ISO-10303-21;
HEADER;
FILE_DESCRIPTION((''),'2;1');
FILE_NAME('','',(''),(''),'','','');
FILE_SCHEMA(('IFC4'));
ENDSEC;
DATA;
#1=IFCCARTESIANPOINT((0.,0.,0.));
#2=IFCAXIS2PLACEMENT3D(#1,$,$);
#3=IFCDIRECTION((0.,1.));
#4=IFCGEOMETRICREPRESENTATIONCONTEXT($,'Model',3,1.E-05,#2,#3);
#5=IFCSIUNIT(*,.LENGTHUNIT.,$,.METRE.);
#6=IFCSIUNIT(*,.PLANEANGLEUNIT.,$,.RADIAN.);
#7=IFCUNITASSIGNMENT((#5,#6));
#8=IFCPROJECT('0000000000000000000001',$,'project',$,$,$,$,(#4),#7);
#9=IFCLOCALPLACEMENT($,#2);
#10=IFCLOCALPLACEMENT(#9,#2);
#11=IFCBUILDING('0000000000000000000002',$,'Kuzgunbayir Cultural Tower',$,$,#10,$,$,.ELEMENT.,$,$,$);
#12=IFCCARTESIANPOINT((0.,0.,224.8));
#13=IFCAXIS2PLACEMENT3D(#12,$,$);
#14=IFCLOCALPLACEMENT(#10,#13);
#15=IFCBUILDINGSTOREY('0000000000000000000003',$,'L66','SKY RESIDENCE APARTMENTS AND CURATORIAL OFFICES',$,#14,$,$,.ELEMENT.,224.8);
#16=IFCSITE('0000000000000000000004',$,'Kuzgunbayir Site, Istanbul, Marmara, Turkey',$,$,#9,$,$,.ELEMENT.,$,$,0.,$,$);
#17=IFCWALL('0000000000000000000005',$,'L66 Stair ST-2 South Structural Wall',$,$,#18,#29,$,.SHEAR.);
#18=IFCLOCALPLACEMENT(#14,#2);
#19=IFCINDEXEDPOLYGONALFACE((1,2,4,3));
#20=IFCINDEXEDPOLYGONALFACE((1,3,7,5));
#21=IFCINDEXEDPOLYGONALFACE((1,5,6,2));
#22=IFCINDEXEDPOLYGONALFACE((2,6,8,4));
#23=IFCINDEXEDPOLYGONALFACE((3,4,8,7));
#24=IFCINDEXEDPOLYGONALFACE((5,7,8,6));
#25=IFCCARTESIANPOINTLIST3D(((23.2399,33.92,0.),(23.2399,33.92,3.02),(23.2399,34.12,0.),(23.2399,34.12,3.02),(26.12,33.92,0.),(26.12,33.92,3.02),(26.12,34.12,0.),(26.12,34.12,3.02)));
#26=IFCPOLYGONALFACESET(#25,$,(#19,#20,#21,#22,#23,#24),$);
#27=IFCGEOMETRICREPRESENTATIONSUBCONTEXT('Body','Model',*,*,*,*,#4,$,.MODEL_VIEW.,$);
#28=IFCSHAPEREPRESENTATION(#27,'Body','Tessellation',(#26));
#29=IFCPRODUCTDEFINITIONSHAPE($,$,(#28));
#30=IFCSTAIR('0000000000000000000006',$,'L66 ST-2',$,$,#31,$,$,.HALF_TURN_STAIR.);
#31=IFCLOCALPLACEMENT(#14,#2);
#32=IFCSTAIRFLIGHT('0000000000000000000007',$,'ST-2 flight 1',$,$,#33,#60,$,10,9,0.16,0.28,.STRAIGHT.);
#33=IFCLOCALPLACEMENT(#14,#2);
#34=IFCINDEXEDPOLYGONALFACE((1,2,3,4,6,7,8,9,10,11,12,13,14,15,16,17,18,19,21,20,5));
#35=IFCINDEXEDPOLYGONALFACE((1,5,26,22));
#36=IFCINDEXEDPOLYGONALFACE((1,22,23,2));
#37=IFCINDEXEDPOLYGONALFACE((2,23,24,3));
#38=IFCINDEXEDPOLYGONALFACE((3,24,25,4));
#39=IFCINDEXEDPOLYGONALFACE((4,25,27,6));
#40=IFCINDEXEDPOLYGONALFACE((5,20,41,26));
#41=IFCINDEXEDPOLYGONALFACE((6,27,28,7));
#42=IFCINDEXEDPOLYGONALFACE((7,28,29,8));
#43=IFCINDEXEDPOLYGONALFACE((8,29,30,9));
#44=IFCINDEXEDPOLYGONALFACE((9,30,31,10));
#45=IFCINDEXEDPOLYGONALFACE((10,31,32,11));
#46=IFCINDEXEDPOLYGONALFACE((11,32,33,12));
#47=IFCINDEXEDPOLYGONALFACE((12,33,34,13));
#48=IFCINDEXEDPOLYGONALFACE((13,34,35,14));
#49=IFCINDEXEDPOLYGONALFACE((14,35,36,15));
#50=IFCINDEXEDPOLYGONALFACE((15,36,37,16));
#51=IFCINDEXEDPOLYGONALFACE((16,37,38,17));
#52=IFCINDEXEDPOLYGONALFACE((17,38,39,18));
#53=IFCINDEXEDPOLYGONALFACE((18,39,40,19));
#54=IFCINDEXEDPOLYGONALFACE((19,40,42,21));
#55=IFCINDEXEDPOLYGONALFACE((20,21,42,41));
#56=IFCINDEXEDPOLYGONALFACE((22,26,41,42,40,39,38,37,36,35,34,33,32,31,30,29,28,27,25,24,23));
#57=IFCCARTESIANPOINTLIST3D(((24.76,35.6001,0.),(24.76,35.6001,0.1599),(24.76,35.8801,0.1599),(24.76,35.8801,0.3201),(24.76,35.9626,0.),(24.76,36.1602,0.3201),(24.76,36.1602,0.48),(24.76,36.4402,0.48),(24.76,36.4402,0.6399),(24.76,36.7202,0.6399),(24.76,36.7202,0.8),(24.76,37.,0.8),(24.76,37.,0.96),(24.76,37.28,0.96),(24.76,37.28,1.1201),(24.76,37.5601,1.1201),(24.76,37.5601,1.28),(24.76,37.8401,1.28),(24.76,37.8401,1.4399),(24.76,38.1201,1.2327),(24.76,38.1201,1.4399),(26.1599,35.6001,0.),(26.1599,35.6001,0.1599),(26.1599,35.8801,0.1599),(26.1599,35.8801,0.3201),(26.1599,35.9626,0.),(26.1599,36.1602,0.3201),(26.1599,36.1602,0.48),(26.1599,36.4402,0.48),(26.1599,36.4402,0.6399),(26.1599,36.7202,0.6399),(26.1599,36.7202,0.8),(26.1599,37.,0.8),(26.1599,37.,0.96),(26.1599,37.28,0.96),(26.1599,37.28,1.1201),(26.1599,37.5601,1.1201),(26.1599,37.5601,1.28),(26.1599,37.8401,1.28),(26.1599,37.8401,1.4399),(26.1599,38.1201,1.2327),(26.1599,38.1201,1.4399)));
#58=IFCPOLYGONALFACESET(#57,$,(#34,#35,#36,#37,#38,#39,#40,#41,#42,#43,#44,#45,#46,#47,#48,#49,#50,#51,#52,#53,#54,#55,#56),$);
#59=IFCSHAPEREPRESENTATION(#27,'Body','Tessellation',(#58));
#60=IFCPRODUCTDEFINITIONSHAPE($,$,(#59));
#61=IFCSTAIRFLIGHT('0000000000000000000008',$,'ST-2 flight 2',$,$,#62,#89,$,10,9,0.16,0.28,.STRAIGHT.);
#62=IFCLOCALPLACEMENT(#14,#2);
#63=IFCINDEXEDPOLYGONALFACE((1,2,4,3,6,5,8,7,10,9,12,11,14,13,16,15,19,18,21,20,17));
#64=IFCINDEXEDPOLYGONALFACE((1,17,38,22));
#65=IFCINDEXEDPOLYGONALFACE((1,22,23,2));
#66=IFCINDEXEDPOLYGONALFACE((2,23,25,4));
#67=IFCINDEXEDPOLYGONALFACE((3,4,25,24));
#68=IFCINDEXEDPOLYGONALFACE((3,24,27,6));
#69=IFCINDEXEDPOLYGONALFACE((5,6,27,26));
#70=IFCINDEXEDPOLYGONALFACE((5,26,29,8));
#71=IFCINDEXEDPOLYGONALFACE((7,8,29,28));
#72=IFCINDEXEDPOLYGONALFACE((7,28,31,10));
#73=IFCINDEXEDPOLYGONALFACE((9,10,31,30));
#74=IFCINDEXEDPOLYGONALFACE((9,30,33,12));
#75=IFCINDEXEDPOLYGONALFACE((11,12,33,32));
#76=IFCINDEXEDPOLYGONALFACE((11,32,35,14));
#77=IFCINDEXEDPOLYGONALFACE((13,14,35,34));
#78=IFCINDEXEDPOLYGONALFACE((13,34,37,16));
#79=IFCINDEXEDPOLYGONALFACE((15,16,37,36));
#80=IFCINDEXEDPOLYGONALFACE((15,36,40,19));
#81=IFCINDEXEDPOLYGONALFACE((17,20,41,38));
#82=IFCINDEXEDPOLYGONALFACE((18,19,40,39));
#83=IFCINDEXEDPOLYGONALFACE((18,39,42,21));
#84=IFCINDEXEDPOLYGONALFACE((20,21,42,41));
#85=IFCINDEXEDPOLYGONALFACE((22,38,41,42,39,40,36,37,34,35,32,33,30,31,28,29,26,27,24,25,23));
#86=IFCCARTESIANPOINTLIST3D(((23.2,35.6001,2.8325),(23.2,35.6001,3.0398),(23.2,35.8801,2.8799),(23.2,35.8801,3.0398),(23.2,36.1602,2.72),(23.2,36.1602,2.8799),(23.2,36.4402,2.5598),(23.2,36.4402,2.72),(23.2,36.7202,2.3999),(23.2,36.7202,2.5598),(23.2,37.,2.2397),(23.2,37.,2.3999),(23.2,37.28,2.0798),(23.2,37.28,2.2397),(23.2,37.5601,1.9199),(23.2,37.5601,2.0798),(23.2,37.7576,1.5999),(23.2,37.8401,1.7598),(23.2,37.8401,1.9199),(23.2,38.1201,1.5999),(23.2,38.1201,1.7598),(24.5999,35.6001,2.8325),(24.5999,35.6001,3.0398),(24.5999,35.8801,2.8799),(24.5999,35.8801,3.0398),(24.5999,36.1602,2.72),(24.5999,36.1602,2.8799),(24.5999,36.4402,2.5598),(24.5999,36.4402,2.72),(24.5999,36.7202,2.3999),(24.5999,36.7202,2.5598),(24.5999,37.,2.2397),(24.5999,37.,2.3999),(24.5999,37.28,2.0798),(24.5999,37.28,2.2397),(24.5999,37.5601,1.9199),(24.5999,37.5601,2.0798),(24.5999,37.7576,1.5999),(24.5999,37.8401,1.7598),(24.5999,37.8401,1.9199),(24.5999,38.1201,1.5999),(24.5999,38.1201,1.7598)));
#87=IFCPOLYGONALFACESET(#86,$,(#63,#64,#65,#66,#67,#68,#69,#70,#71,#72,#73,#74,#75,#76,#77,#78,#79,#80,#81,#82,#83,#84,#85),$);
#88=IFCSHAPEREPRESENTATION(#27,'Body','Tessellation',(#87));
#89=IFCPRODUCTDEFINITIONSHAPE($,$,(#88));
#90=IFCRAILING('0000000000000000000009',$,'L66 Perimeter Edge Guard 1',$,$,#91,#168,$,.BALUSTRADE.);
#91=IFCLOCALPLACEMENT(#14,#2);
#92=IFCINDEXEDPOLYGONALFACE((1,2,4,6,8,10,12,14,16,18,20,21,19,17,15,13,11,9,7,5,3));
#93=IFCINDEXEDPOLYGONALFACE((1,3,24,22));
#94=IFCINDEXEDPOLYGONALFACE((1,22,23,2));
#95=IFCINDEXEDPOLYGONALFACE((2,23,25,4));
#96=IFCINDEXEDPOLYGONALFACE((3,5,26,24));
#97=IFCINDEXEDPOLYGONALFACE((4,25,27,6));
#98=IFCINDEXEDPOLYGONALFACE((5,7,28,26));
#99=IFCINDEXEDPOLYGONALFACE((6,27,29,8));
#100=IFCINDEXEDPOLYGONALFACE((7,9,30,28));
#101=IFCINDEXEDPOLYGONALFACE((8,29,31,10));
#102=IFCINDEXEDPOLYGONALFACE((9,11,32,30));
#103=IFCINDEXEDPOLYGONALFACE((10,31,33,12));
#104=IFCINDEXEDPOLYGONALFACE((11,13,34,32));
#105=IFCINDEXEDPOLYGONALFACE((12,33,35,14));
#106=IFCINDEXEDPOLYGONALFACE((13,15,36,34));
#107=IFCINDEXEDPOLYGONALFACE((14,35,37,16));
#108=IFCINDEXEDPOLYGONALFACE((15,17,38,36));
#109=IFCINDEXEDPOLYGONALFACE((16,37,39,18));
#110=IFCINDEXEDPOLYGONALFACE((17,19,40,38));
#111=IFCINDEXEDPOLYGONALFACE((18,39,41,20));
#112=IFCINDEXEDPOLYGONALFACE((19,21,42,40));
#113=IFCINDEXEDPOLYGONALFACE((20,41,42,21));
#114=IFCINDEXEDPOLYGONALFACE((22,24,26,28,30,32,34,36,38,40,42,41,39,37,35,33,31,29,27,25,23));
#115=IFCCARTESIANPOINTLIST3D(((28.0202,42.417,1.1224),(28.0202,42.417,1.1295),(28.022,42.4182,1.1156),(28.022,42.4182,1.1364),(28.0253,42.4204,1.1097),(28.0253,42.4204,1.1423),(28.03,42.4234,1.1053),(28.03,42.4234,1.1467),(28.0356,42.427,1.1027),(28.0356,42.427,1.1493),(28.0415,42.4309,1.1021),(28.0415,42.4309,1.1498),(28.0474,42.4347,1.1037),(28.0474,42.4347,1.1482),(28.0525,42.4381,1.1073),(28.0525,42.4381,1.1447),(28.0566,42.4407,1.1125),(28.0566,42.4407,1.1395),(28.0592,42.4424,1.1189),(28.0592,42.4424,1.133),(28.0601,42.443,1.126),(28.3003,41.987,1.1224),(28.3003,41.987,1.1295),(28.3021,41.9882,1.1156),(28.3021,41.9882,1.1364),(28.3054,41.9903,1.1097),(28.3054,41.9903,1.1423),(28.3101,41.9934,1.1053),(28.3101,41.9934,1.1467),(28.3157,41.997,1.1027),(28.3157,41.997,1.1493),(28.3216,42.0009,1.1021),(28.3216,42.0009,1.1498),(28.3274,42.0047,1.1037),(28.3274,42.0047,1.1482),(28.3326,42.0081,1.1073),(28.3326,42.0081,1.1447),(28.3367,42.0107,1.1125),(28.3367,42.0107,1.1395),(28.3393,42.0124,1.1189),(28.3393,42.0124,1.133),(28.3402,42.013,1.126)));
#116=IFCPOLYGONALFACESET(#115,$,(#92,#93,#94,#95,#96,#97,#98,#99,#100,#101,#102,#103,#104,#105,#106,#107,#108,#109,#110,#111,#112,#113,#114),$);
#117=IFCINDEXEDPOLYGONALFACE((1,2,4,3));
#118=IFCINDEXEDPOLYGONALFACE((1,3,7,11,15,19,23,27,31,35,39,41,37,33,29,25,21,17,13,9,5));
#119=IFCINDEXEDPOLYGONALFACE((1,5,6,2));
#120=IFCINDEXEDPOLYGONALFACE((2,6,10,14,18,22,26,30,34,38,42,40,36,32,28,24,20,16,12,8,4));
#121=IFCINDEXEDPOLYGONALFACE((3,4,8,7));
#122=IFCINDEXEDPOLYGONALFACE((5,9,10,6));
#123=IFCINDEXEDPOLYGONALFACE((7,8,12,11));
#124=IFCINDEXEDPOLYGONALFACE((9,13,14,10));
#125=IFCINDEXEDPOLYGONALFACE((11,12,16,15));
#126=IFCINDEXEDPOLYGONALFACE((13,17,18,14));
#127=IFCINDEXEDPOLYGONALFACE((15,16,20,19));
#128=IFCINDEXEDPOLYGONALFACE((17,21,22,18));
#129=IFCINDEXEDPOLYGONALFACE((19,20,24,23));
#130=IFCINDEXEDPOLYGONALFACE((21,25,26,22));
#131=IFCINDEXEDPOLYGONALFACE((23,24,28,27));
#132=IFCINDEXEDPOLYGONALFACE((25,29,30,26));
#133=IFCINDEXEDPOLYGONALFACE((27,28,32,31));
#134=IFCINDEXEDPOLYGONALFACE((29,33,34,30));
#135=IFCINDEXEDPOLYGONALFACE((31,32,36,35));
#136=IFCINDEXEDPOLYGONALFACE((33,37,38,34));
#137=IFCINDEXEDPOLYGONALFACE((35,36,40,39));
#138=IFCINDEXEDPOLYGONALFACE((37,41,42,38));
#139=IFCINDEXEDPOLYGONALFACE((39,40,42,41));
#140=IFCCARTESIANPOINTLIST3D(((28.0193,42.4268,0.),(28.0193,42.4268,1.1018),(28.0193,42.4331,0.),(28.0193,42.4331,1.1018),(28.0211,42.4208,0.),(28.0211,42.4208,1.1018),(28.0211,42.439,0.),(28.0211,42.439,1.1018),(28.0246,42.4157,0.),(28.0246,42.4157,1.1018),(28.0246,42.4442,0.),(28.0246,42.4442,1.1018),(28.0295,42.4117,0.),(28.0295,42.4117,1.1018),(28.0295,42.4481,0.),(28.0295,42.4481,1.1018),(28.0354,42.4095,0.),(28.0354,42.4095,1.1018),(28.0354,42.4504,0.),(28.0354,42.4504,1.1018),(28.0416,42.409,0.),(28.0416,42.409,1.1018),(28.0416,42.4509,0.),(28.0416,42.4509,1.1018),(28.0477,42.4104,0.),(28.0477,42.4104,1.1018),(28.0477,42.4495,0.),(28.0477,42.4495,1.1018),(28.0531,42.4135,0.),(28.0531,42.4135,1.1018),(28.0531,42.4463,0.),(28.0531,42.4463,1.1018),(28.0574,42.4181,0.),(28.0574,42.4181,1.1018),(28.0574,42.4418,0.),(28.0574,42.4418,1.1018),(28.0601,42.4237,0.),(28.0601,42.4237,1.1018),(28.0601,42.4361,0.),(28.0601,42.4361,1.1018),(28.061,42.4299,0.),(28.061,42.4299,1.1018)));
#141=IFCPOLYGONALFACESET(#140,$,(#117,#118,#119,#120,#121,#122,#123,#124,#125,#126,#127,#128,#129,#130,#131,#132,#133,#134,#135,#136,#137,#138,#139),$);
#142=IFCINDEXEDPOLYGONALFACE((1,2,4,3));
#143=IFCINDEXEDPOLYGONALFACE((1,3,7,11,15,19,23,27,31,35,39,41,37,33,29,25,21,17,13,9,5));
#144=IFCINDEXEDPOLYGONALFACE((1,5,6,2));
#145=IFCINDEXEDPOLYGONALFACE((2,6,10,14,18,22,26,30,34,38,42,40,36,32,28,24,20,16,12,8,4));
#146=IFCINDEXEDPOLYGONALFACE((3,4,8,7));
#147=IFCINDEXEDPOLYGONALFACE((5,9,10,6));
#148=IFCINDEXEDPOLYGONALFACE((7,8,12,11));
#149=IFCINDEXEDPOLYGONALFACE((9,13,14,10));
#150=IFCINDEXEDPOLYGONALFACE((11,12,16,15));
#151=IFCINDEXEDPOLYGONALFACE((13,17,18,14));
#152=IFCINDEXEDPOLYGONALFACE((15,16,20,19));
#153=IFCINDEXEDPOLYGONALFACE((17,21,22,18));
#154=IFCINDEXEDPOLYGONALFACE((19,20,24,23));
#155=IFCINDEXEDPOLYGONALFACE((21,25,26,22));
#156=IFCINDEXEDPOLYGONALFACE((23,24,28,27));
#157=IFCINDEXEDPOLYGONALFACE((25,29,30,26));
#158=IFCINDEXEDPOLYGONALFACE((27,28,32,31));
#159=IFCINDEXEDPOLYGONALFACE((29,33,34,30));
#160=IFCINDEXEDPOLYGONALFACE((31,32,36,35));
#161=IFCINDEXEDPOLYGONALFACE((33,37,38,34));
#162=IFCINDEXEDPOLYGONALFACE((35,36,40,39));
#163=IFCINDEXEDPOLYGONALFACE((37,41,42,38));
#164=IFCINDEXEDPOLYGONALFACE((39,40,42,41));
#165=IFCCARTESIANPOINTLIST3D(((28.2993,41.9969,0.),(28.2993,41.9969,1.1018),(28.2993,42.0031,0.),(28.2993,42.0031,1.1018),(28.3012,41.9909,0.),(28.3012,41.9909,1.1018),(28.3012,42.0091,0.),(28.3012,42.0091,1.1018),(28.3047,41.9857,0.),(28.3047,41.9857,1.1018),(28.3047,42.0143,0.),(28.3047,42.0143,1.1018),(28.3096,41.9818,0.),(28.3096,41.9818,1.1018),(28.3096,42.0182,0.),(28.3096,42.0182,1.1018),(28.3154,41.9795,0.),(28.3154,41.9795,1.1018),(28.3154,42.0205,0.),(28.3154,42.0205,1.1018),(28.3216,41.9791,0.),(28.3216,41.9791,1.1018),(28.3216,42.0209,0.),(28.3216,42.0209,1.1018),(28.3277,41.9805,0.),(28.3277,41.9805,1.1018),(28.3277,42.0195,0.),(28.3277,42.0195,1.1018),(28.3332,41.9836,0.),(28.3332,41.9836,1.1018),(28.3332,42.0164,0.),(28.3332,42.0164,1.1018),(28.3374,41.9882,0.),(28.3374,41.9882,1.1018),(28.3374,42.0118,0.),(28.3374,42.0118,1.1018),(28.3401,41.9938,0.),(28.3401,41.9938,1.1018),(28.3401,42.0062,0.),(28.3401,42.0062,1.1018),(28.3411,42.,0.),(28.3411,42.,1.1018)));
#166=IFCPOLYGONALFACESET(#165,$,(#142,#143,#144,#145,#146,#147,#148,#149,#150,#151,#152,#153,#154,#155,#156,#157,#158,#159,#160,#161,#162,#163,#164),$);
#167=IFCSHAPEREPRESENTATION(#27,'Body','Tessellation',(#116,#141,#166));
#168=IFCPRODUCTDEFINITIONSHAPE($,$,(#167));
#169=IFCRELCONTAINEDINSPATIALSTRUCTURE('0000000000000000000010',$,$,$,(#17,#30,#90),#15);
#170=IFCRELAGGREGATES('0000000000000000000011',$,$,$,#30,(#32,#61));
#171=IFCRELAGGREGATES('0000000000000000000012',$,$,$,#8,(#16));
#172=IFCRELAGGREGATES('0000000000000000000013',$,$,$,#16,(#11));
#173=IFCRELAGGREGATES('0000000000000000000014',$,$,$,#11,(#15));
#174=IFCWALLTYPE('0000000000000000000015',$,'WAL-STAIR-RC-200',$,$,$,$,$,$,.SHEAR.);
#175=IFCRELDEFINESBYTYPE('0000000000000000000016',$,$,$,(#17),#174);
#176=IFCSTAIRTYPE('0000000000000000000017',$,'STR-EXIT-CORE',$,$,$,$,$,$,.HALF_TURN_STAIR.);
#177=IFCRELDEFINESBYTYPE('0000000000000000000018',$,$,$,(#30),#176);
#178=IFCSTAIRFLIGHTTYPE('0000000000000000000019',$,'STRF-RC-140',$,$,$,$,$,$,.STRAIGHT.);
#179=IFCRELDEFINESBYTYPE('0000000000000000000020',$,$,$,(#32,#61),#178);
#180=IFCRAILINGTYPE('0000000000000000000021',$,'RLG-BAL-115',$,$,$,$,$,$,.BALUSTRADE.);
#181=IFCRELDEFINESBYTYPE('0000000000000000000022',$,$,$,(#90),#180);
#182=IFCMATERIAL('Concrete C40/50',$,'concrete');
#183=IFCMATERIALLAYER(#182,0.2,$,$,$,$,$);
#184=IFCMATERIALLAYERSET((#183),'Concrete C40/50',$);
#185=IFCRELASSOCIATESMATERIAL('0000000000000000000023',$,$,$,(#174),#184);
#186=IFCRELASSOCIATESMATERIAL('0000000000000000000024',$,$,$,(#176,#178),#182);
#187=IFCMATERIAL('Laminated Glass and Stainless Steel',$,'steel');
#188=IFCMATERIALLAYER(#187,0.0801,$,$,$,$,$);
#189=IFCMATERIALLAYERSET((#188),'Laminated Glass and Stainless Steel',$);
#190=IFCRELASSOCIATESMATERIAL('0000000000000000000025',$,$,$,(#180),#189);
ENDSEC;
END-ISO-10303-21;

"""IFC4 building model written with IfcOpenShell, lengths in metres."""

from ifc_helpers import new_model, si_unit, direction, frame, frame_2d, origin, origin_2d, place, context, subcontext, project, spatial, polyline, rectangle, circle, outline, extrude, material, layer, layer_set, type_object, element, aggregate, save


model = new_model("IFC4")

# Units and contexts
model_context = context("Model", 3, precision=1e-05, world=origin(), true_north=direction((0.0, 1.0)))
body_context = subcontext(model_context, "Body", "Model", "MODEL_VIEW")
ifc_project = project(units=[si_unit("LENGTHUNIT", "METRE"), si_unit("PLANEANGLEUNIT", "RADIAN")], contexts=[model_context])

# Site, building, storey
site_placement = place(None, origin())
site = spatial("IfcSite", under=ifc_project, at=site_placement, Name="Kuzgunbayir Site, Istanbul, Marmara, Turkey", CompositionType="ELEMENT", RefElevation=0.0)
building_placement = place(site_placement, origin())
building = spatial("IfcBuilding", under=site, at=building_placement, Name="Kuzgunbayir Cultural Tower", CompositionType="ELEMENT")
storey_placement = place(building_placement, frame((0.0, 0.0, 224.8)))
storey = spatial("IfcBuildingStorey", under=building, at=storey_placement, Name="L66", Description="SKY RESIDENCE APARTMENTS AND CURATORIAL OFFICES", CompositionType="ELEMENT", Elevation=224.8)

# Shared definitions
ifc_material_1 = material(Name="Concrete C40/50", Category="concrete")

# Shared definitions
ifc_layer_1 = layer(ifc_material_1, 0.2)
ifc_layer_set_1 = layer_set([ifc_layer_1], Name="Concrete C40/50")
wall_type_1 = type_object("IfcWallType", Name="WAL-STAIR-RC-200", PredefinedType="SHEAR", material=ifc_layer_set_1)

# Wall
wall_1_placement = place(storey_placement, frame((23.24, 34.02, 0.0), z_axis=(0.0, 0.0, 1.0), x_axis=(1.0, 0.0, 0.0)))
element("IfcWall", 1, at=wall_1_placement, inside=storey, type_object=wall_type_1, Name="L66 Stair ST-2 South Structural Wall", PredefinedType="SHEAR", context=body_context, shape_type="SweptSolid", body=[
    extrude(rectangle(XDim=2.8801, YDim=0.2, at=frame_2d((1.4399, 0.0))), origin(), (0.0, 0.0, 1.0), 3.02),
])

# Stair, stair flights
stair_type = type_object("IfcStairType", Name="STR-EXIT-CORE", PredefinedType="HALF_TURN_STAIR", material=ifc_material_1)
stair_placement = place(storey_placement, origin())
stair = element("IfcStair", 2, at=stair_placement, inside=storey, type_object=stair_type, Name="L66 ST-2", PredefinedType="HALF_TURN_STAIR")
stair_flight_type = type_object("IfcStairFlightType", Name="STRF-RC-140", PredefinedType="STRAIGHT", material=ifc_material_1)
stair_flight_1_placement = place(storey_placement, frame((25.46, 35.6001, 0.0), z_axis=(0.0, 0.0, 1.0), x_axis=(0.0, 1.0, 0.0)))
stair_flight_1 = element("IfcStairFlight", 3, at=stair_flight_1_placement, type_object=stair_flight_type, Name="ST-2 flight 1", NumberOfRisers=10, NumberOfTreads=9, PredefinedType="STRAIGHT", RiserHeight=0.16, TreadLength=0.28, context=body_context, shape_type="SweptSolid", body=[
    extrude(outline(polyline([(0.0, 0.0), (0.0, 0.1599), (0.28, 0.1599), (0.28, 0.3201), (0.5601, 0.3201), (0.5601, 0.48), (0.8401, 0.48), (0.8401, 0.6399), (1.1201, 0.6399), (1.1201, 0.8), (1.3999, 0.8), (1.3999, 0.96), (1.6799, 0.96), (1.6799, 1.1201), (1.96, 1.1201), (1.96, 1.28), (2.24, 1.28), (2.24, 1.4399), (2.52, 1.4399), (2.52, 1.6001), (2.52, 1.2327), (0.3625, 0.0), (0.0, 0.0)])), frame((0.0, 0.7, 0.0), z_axis=(0.0, -1.0, 0.0), x_axis=(1.0, 0.0, 0.0)), (0.0, 0.0, 1.0), 1.3999),
])
stair_flight_2_placement = place(storey_placement, frame((23.8999, 38.1201, 1.5999), z_axis=(0.0, 0.0, 1.0), x_axis=(0.0, -1.0, 0.0)))
stair_flight_2 = element("IfcStairFlight", 4, at=stair_flight_2_placement, type_object=stair_flight_type, Name="ST-2 flight 2", NumberOfRisers=10, NumberOfTreads=9, PredefinedType="STRAIGHT", RiserHeight=0.16, TreadLength=0.28, context=body_context, shape_type="SweptSolid", body=[
    extrude(outline(polyline([(0.0, 0.0), (0.0, 0.1599), (0.28, 0.1599), (0.28, 0.3201), (0.5601, 0.3201), (0.5601, 0.48), (0.8401, 0.48), (0.8401, 0.6399), (1.1201, 0.6399), (1.1201, 0.8), (1.3999, 0.8), (1.3999, 0.96), (1.6799, 0.96), (1.6799, 1.1201), (1.96, 1.1201), (1.96, 1.28), (2.24, 1.28), (2.24, 1.4399), (2.52, 1.4399), (2.52, 1.6001), (2.52, 1.2327), (0.3625, 0.0), (0.0, 0.0)])), frame((0.0, 0.7, 0.0), z_axis=(0.0, -1.0, 0.0), x_axis=(1.0, 0.0, 0.0)), (0.0, 0.0, 1.0), 1.3999),
])
aggregate(stair, [stair_flight_1, stair_flight_2])

# Railing
ifc_material_2 = material(Name="Laminated Glass and Stainless Steel", Category="steel")
ifc_layer_2 = layer(ifc_material_2, 0.0801)
ifc_layer_set_2 = layer_set([ifc_layer_2], Name="Laminated Glass and Stainless Steel")
railing_type_1 = type_object("IfcRailingType", Name="RLG-BAL-115", PredefinedType="BALUSTRADE", material=ifc_layer_set_2)
railing_1_placement = place(storey_placement, frame((28.04, 42.4299, 0.0)))
element("IfcRailing", 5, at=railing_1_placement, inside=storey, type_object=railing_type_1, Name="L66 Perimeter Edge Guard 1", PredefinedType="BALUSTRADE", context=body_context, shape_type="SweptSolid", body=[
    extrude(circle(Radius=0.0239, at=origin_2d()), frame((0.0, 0.0, 1.126), z_axis=(0.545774, -0.837932, 0.0), x_axis=(0.837932, 0.545774, 0.0)), (0.0, 0.0, 1.0), 0.5132),
    extrude(circle(Radius=0.021, at=origin_2d()), origin(), (0.0, 0.0, 1.0), 1.1018),
    extrude(circle(Radius=0.021, at=origin_2d()), frame((0.28, -0.4299, 0.0)), (0.0, 0.0, 1.0), 1.1018),
])

save(model, "model.ifc")
